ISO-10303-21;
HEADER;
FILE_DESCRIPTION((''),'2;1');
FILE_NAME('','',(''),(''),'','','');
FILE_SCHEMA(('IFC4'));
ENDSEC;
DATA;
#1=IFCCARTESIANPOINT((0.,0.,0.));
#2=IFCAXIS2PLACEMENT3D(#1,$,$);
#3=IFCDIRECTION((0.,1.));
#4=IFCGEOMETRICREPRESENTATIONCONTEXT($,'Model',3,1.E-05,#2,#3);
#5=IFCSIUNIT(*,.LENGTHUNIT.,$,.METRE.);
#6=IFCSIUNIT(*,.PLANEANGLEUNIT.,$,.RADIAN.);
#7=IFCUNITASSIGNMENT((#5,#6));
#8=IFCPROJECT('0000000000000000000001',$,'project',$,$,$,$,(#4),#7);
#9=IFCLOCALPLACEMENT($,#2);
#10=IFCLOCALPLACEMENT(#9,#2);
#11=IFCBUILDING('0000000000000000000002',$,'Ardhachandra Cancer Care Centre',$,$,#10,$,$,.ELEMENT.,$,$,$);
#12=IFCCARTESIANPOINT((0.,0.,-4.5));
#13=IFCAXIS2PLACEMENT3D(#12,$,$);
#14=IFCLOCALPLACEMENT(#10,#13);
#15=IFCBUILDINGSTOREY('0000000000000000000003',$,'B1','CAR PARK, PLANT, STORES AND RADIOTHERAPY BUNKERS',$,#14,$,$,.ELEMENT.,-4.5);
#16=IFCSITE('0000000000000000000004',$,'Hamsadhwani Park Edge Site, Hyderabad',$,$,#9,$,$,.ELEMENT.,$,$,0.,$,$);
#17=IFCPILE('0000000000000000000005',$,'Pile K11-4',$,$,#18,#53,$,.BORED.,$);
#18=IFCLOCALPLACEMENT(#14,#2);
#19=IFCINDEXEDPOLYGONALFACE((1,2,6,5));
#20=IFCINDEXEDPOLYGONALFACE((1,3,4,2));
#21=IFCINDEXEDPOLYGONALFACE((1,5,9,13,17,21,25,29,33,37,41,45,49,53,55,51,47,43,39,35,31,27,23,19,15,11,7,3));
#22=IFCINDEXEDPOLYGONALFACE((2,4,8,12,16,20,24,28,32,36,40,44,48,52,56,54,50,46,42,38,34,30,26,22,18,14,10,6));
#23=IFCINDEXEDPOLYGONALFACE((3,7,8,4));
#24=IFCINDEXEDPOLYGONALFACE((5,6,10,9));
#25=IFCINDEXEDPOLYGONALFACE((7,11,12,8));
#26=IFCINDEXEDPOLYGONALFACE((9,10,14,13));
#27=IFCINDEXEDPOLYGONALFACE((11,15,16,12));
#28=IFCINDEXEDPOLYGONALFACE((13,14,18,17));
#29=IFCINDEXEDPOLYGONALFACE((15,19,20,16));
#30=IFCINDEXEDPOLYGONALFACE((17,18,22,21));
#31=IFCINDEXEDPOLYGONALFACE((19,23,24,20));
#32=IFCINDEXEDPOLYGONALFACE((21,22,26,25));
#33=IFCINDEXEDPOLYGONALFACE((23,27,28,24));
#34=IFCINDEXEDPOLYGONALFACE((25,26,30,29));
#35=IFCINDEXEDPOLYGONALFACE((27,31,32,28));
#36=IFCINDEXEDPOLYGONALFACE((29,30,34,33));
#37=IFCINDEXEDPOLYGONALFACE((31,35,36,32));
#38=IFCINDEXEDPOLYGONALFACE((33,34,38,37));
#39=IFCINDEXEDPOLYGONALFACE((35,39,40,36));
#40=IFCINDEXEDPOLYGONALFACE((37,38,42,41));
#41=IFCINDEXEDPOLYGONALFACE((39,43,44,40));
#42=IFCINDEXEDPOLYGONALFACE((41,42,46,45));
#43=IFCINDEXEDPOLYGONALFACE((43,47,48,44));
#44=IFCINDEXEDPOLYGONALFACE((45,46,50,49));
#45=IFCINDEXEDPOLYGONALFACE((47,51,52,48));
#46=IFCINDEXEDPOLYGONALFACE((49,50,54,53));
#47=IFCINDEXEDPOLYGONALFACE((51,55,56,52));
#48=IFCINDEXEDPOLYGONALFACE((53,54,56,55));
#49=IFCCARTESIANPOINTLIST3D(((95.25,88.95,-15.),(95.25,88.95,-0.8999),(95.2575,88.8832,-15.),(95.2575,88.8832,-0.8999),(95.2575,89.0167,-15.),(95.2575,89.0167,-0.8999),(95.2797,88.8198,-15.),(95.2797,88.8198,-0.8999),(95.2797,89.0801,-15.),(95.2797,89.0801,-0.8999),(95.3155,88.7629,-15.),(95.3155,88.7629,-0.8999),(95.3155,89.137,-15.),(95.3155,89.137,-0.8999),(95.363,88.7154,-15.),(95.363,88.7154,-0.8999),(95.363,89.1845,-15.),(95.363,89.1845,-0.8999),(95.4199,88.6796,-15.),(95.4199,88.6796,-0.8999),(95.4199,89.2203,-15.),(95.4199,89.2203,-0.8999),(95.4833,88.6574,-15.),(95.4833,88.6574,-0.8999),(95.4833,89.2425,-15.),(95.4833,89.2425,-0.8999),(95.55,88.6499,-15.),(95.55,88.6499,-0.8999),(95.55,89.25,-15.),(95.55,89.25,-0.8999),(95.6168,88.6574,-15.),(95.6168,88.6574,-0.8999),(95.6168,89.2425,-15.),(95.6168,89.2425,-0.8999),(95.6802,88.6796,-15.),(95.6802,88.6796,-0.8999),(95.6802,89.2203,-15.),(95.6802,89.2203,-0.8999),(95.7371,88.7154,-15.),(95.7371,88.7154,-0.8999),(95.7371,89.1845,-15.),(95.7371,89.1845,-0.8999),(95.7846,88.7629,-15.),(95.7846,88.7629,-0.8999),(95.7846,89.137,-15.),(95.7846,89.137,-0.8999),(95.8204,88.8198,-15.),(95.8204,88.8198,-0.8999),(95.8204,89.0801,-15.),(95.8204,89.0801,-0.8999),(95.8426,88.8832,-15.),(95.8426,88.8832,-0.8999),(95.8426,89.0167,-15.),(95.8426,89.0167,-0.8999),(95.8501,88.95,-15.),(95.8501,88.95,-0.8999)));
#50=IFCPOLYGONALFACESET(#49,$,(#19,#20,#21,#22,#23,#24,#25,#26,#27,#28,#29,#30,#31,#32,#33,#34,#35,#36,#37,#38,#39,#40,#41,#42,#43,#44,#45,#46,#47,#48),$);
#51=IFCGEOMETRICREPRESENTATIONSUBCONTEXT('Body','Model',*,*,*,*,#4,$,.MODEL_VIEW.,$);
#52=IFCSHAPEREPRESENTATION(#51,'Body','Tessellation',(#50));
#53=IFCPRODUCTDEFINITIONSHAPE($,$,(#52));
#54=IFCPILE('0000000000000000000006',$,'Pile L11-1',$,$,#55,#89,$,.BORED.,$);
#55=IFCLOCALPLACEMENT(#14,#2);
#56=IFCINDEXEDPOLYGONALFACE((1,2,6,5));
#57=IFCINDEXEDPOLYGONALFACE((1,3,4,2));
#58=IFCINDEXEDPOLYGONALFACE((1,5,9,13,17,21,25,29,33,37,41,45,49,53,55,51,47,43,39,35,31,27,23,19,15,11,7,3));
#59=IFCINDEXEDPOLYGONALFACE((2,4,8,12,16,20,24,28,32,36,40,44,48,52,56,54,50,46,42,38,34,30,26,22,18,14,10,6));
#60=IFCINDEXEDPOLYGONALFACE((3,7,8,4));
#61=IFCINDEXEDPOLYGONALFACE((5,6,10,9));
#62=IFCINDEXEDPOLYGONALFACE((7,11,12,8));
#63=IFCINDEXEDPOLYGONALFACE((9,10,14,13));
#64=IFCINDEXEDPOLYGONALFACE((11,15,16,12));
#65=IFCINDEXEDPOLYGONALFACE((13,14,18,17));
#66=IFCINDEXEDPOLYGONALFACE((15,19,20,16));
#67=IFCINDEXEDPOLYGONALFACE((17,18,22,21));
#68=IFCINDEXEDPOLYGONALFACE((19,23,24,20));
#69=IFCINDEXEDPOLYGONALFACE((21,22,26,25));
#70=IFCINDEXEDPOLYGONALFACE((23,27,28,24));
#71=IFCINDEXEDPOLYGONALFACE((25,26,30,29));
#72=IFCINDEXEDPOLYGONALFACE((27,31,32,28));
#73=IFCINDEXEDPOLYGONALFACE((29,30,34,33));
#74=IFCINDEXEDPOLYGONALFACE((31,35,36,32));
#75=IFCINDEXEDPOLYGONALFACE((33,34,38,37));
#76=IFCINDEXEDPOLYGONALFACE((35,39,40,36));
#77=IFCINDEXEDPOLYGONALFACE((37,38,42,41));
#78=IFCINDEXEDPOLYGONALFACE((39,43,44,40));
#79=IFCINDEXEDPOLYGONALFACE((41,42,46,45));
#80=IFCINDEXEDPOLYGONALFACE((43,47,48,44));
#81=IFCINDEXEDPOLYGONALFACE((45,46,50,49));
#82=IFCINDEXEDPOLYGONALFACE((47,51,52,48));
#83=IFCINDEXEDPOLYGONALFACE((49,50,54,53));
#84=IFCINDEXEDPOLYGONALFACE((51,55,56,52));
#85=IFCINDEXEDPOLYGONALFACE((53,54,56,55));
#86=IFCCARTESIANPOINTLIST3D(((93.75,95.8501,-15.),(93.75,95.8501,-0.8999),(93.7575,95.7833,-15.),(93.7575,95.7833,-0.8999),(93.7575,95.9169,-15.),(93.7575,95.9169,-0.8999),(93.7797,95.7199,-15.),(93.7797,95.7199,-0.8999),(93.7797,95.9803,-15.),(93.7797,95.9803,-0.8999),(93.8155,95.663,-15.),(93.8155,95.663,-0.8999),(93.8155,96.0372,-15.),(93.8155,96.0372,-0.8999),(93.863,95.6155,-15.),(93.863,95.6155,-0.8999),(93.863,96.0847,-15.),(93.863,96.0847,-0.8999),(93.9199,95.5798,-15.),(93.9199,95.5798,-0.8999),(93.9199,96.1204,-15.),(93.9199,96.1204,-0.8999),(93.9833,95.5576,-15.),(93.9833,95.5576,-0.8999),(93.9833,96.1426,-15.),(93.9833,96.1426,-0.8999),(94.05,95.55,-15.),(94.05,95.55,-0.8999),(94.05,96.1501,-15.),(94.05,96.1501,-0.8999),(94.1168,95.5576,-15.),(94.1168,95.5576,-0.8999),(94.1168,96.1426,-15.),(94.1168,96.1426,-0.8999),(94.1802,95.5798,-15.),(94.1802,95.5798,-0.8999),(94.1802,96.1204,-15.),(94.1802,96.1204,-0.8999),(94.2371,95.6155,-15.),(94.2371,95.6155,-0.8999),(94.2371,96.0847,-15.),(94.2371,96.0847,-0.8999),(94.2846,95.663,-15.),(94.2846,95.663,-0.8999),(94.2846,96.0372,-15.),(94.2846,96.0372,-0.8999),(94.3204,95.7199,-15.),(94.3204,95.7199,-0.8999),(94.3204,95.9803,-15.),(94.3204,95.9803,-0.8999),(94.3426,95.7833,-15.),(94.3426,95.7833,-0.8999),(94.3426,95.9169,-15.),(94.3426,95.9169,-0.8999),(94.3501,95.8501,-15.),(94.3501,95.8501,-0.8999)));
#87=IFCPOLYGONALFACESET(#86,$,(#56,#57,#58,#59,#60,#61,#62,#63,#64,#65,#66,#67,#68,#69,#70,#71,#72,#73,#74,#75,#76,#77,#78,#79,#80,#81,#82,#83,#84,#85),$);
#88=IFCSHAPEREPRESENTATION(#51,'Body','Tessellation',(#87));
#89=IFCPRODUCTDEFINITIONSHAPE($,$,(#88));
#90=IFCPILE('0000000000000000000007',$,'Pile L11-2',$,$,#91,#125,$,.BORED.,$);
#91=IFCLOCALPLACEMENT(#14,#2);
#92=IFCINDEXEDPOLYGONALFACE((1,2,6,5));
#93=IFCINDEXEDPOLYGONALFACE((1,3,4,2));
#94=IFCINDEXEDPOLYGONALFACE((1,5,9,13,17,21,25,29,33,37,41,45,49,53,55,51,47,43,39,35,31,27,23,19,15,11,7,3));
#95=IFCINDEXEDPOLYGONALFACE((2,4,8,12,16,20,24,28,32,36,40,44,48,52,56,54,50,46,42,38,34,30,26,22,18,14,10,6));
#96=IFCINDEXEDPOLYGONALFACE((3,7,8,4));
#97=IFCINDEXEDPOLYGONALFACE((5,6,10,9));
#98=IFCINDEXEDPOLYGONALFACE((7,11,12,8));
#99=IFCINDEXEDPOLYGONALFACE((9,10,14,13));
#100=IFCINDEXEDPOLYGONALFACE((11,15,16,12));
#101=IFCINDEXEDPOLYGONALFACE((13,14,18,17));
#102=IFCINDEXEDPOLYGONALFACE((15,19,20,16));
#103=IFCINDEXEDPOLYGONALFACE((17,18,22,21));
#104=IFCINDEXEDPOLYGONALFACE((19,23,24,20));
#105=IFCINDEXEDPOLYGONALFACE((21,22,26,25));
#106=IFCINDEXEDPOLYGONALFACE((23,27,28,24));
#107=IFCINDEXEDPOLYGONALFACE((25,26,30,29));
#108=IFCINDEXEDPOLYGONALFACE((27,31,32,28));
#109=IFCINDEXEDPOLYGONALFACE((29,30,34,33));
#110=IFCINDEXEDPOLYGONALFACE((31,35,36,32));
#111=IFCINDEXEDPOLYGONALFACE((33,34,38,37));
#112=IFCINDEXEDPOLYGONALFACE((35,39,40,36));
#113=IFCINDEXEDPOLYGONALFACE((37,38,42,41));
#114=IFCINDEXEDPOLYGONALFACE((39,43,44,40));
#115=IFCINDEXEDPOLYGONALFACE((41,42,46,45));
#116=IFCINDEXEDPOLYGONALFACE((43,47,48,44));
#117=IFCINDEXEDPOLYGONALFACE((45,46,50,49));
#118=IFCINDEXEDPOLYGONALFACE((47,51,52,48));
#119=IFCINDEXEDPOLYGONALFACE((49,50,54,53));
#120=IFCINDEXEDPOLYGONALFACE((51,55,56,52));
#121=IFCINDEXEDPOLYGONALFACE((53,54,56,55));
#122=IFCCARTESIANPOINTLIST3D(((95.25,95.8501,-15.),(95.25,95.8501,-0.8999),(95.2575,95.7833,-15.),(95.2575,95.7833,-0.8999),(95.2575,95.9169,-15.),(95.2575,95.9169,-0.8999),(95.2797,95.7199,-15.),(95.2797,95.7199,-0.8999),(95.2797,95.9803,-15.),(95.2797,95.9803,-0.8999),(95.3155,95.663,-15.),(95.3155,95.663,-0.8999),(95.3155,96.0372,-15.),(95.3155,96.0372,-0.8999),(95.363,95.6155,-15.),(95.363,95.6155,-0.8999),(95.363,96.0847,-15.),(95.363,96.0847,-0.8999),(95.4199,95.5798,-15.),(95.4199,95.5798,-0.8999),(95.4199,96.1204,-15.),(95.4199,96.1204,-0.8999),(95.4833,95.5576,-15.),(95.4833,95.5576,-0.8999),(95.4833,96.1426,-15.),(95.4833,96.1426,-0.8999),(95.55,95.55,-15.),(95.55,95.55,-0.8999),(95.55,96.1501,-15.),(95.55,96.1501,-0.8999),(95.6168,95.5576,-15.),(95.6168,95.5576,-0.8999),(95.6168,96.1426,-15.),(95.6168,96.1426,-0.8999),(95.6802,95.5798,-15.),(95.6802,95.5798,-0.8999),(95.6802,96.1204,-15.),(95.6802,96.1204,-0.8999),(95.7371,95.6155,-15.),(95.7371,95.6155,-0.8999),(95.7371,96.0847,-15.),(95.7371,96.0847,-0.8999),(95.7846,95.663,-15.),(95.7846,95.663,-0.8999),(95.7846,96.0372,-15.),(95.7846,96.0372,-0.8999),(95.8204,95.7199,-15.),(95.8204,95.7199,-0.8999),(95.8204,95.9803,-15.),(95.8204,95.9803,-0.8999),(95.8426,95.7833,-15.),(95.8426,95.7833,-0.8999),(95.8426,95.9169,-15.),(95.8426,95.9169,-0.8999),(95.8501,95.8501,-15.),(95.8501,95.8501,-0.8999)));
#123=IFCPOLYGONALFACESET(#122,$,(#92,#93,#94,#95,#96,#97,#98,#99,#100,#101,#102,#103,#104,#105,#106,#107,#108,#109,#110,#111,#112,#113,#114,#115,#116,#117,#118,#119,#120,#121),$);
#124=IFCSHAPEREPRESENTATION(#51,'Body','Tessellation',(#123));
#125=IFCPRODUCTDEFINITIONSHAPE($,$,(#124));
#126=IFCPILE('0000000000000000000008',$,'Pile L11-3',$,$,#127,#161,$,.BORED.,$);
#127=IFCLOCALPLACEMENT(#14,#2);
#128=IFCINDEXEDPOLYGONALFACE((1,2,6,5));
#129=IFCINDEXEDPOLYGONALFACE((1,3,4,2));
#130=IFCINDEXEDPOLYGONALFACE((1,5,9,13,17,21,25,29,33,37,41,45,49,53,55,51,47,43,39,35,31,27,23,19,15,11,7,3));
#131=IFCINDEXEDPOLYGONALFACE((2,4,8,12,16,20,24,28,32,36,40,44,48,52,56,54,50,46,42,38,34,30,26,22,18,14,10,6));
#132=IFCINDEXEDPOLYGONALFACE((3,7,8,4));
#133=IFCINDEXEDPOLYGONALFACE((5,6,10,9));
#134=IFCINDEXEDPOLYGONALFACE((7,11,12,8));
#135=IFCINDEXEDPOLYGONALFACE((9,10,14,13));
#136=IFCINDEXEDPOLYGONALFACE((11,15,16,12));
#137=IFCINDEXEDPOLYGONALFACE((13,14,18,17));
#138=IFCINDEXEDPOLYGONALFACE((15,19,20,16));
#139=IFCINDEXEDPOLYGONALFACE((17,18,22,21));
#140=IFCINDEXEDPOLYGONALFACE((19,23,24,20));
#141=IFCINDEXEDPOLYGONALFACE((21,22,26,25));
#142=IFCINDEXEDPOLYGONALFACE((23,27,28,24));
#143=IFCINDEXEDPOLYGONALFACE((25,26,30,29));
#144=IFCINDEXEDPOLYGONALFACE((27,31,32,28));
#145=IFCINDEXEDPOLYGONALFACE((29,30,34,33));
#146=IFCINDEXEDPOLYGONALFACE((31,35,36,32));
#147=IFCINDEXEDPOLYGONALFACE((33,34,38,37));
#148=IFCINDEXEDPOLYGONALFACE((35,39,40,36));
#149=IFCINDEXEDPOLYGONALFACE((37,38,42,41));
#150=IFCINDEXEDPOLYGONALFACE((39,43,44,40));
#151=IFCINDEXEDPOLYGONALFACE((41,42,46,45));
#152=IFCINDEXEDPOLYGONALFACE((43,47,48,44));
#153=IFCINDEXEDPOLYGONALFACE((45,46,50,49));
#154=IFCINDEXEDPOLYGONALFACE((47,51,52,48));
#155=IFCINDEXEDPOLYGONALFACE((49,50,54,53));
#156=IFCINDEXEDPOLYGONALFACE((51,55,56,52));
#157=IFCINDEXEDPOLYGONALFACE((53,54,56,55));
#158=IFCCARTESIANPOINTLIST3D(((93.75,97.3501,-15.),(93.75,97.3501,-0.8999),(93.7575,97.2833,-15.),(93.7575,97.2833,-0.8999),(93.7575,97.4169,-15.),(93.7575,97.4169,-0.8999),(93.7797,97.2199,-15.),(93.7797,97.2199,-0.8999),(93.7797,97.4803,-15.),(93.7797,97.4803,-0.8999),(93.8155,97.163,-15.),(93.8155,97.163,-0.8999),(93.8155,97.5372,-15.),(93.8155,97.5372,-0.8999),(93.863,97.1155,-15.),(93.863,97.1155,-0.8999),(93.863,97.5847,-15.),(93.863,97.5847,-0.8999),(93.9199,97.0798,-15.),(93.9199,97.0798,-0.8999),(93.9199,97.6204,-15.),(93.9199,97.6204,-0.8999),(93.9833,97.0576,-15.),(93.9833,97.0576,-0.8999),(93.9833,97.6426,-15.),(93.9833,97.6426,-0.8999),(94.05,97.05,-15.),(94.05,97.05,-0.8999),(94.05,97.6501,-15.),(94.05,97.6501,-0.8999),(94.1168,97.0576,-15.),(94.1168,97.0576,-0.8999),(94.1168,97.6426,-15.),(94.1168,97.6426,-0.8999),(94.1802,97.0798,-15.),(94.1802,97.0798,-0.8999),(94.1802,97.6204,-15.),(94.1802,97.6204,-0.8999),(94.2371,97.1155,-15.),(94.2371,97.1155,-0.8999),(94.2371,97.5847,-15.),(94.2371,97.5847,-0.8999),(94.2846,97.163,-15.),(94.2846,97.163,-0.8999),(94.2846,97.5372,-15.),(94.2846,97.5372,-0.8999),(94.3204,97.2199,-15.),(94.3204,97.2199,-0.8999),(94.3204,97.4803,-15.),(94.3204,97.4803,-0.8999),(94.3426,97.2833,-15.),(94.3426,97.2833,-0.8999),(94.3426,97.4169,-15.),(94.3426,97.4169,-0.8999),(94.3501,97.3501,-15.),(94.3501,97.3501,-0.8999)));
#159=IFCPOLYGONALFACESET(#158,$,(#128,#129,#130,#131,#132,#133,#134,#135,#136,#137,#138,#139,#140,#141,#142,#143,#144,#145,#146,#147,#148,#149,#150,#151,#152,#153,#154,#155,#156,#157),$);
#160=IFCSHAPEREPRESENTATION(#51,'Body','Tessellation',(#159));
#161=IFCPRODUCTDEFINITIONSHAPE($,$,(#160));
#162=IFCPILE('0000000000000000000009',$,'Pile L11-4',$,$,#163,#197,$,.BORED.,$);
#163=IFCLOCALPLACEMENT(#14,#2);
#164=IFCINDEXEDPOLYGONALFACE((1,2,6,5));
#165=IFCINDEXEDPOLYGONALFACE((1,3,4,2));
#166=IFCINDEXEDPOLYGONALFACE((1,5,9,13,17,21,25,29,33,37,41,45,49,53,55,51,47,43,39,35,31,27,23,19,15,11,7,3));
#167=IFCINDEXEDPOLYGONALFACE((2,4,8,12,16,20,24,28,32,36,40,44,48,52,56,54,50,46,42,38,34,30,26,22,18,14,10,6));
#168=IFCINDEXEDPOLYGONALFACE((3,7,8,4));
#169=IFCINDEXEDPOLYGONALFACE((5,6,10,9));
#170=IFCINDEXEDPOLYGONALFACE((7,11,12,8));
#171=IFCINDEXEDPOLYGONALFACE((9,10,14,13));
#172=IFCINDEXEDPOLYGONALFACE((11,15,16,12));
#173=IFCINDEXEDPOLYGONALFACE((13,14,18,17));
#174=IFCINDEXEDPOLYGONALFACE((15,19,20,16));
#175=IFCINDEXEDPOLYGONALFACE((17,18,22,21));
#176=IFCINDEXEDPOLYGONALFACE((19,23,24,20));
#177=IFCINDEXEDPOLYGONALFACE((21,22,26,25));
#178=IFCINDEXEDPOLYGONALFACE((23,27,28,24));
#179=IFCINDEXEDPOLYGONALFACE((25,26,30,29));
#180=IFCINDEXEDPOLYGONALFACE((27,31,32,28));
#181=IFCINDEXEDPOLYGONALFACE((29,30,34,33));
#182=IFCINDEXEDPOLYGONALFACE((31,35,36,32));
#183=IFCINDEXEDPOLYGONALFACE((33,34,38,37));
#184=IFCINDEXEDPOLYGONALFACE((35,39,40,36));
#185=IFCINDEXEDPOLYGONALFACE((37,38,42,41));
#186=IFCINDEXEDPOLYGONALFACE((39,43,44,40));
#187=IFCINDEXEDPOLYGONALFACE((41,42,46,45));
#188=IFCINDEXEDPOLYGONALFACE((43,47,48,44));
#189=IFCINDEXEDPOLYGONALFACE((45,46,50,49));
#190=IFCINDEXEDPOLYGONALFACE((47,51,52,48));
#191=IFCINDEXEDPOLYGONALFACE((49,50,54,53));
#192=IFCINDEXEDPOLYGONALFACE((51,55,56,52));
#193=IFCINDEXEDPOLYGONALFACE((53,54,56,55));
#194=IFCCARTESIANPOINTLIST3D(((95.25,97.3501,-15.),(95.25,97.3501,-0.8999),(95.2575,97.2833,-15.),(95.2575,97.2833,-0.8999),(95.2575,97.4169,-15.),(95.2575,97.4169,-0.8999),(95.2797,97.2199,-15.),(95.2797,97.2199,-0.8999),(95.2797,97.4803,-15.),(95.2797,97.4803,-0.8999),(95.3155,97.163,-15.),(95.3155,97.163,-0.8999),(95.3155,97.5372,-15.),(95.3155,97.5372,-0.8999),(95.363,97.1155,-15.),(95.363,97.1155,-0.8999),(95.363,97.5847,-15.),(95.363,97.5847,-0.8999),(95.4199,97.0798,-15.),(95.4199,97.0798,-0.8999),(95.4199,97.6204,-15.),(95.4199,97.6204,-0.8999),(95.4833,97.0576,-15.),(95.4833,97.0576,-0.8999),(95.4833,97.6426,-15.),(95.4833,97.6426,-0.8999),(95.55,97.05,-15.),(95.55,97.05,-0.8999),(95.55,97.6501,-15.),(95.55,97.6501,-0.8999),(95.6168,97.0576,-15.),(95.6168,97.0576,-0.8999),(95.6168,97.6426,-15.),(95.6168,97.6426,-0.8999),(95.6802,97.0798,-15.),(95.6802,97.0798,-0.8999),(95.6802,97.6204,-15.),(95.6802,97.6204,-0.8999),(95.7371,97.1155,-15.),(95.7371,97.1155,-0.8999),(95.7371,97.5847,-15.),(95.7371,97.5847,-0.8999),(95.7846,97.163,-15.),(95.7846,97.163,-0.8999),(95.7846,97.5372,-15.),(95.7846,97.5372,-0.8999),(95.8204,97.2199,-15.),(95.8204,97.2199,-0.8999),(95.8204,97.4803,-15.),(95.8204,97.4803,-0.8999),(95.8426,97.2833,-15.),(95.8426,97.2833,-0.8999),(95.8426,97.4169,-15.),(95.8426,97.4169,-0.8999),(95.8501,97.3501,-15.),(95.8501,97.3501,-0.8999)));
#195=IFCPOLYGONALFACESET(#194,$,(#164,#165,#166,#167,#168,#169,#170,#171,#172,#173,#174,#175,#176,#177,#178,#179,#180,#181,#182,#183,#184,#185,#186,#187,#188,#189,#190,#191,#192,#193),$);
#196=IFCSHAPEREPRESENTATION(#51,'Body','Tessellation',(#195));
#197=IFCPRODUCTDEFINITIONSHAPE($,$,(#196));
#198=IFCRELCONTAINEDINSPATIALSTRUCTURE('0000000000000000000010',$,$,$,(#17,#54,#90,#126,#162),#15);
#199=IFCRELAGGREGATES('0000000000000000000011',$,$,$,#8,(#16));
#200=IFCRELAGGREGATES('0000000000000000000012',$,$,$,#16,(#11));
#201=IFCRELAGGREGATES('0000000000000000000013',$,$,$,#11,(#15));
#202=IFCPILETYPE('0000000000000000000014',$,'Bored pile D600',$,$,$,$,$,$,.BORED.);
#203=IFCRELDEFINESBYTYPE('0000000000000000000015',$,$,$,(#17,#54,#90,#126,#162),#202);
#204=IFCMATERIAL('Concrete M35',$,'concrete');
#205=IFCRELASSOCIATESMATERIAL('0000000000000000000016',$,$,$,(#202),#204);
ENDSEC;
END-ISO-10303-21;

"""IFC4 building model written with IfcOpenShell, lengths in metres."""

from ifc_helpers import new_model, si_unit, direction, frame, origin, origin_2d, place, context, subcontext, project, spatial, circle, extrude, material, material_profile, profile_set, type_object, element, save


model = new_model("IFC4")

# Units and contexts
model_context = context("Model", 3, precision=1e-05, world=origin(), true_north=direction((0.0, 1.0)))
body_context = subcontext(model_context, "Body", "Model", "MODEL_VIEW")
ifc_project = project(units=[si_unit("LENGTHUNIT", "METRE"), si_unit("PLANEANGLEUNIT", "RADIAN")], contexts=[model_context])

# Site, building, storey
site_placement = place(None, origin())
site = spatial("IfcSite", under=ifc_project, at=site_placement, Name="Hamsadhwani Park Edge Site, Hyderabad", CompositionType="ELEMENT", RefElevation=0.0)
building_placement = place(site_placement, origin())
building = spatial("IfcBuilding", under=site, at=building_placement, Name="Ardhachandra Cancer Care Centre", CompositionType="ELEMENT")
storey_placement = place(building_placement, frame((0.0, 0.0, -4.5)))
storey = spatial("IfcBuildingStorey", under=building, at=storey_placement, Name="B1", Description="CAR PARK, PLANT, STORES AND RADIOTHERAPY BUNKERS", CompositionType="ELEMENT", Elevation=-4.5)

# Piles
ifc_material_1 = material(Name="Concrete M35", Category="concrete")
ifc_material_profile_1 = material_profile(ifc_material_1, circle(Radius=0.3, at=origin_2d()), Name="D600")
ifc_profile_set_1 = profile_set([ifc_material_profile_1], Name="Concrete M35")
pile_type = type_object("IfcPileType", Name="Bored pile D600", PredefinedType="BORED", material=ifc_profile_set_1)
for number, where, z_axis, x_axis, name in (
    (1, (95.55, 88.95, -0.8999), (0.0, 0.0, -1.0), (1.0, 0.0, 0.0), "Pile K11-4"),
    (2, (94.05, 95.8501, -0.8999), (0.0, 0.0, -1.0), (1.0, 0.0, 0.0), "Pile L11-1"),
    (3, (95.55, 95.8501, -0.8999), (0.0, 0.0, -1.0), (1.0, 0.0, 0.0), "Pile L11-2"),
    (4, (94.05, 97.3501, -0.8999), (0.0, 0.0, -1.0), (1.0, 0.0, 0.0), "Pile L11-3"),
    (5, (95.55, 97.3501, -0.8999), (0.0, 0.0, -1.0), (1.0, 0.0, 0.0), "Pile L11-4"),
):
    element("IfcPile", number, at=place(storey_placement, frame(where, z_axis=z_axis, x_axis=x_axis)), inside=storey, type_object=pile_type, Name=name, PredefinedType="BORED", context=body_context, shape_type="SweptSolid", body=[
        extrude(circle(Radius=0.3, at=origin_2d()), origin(), (0.0, 0.0, 1.0), 14.1001),
    ])

save(model, "model.ifc")
